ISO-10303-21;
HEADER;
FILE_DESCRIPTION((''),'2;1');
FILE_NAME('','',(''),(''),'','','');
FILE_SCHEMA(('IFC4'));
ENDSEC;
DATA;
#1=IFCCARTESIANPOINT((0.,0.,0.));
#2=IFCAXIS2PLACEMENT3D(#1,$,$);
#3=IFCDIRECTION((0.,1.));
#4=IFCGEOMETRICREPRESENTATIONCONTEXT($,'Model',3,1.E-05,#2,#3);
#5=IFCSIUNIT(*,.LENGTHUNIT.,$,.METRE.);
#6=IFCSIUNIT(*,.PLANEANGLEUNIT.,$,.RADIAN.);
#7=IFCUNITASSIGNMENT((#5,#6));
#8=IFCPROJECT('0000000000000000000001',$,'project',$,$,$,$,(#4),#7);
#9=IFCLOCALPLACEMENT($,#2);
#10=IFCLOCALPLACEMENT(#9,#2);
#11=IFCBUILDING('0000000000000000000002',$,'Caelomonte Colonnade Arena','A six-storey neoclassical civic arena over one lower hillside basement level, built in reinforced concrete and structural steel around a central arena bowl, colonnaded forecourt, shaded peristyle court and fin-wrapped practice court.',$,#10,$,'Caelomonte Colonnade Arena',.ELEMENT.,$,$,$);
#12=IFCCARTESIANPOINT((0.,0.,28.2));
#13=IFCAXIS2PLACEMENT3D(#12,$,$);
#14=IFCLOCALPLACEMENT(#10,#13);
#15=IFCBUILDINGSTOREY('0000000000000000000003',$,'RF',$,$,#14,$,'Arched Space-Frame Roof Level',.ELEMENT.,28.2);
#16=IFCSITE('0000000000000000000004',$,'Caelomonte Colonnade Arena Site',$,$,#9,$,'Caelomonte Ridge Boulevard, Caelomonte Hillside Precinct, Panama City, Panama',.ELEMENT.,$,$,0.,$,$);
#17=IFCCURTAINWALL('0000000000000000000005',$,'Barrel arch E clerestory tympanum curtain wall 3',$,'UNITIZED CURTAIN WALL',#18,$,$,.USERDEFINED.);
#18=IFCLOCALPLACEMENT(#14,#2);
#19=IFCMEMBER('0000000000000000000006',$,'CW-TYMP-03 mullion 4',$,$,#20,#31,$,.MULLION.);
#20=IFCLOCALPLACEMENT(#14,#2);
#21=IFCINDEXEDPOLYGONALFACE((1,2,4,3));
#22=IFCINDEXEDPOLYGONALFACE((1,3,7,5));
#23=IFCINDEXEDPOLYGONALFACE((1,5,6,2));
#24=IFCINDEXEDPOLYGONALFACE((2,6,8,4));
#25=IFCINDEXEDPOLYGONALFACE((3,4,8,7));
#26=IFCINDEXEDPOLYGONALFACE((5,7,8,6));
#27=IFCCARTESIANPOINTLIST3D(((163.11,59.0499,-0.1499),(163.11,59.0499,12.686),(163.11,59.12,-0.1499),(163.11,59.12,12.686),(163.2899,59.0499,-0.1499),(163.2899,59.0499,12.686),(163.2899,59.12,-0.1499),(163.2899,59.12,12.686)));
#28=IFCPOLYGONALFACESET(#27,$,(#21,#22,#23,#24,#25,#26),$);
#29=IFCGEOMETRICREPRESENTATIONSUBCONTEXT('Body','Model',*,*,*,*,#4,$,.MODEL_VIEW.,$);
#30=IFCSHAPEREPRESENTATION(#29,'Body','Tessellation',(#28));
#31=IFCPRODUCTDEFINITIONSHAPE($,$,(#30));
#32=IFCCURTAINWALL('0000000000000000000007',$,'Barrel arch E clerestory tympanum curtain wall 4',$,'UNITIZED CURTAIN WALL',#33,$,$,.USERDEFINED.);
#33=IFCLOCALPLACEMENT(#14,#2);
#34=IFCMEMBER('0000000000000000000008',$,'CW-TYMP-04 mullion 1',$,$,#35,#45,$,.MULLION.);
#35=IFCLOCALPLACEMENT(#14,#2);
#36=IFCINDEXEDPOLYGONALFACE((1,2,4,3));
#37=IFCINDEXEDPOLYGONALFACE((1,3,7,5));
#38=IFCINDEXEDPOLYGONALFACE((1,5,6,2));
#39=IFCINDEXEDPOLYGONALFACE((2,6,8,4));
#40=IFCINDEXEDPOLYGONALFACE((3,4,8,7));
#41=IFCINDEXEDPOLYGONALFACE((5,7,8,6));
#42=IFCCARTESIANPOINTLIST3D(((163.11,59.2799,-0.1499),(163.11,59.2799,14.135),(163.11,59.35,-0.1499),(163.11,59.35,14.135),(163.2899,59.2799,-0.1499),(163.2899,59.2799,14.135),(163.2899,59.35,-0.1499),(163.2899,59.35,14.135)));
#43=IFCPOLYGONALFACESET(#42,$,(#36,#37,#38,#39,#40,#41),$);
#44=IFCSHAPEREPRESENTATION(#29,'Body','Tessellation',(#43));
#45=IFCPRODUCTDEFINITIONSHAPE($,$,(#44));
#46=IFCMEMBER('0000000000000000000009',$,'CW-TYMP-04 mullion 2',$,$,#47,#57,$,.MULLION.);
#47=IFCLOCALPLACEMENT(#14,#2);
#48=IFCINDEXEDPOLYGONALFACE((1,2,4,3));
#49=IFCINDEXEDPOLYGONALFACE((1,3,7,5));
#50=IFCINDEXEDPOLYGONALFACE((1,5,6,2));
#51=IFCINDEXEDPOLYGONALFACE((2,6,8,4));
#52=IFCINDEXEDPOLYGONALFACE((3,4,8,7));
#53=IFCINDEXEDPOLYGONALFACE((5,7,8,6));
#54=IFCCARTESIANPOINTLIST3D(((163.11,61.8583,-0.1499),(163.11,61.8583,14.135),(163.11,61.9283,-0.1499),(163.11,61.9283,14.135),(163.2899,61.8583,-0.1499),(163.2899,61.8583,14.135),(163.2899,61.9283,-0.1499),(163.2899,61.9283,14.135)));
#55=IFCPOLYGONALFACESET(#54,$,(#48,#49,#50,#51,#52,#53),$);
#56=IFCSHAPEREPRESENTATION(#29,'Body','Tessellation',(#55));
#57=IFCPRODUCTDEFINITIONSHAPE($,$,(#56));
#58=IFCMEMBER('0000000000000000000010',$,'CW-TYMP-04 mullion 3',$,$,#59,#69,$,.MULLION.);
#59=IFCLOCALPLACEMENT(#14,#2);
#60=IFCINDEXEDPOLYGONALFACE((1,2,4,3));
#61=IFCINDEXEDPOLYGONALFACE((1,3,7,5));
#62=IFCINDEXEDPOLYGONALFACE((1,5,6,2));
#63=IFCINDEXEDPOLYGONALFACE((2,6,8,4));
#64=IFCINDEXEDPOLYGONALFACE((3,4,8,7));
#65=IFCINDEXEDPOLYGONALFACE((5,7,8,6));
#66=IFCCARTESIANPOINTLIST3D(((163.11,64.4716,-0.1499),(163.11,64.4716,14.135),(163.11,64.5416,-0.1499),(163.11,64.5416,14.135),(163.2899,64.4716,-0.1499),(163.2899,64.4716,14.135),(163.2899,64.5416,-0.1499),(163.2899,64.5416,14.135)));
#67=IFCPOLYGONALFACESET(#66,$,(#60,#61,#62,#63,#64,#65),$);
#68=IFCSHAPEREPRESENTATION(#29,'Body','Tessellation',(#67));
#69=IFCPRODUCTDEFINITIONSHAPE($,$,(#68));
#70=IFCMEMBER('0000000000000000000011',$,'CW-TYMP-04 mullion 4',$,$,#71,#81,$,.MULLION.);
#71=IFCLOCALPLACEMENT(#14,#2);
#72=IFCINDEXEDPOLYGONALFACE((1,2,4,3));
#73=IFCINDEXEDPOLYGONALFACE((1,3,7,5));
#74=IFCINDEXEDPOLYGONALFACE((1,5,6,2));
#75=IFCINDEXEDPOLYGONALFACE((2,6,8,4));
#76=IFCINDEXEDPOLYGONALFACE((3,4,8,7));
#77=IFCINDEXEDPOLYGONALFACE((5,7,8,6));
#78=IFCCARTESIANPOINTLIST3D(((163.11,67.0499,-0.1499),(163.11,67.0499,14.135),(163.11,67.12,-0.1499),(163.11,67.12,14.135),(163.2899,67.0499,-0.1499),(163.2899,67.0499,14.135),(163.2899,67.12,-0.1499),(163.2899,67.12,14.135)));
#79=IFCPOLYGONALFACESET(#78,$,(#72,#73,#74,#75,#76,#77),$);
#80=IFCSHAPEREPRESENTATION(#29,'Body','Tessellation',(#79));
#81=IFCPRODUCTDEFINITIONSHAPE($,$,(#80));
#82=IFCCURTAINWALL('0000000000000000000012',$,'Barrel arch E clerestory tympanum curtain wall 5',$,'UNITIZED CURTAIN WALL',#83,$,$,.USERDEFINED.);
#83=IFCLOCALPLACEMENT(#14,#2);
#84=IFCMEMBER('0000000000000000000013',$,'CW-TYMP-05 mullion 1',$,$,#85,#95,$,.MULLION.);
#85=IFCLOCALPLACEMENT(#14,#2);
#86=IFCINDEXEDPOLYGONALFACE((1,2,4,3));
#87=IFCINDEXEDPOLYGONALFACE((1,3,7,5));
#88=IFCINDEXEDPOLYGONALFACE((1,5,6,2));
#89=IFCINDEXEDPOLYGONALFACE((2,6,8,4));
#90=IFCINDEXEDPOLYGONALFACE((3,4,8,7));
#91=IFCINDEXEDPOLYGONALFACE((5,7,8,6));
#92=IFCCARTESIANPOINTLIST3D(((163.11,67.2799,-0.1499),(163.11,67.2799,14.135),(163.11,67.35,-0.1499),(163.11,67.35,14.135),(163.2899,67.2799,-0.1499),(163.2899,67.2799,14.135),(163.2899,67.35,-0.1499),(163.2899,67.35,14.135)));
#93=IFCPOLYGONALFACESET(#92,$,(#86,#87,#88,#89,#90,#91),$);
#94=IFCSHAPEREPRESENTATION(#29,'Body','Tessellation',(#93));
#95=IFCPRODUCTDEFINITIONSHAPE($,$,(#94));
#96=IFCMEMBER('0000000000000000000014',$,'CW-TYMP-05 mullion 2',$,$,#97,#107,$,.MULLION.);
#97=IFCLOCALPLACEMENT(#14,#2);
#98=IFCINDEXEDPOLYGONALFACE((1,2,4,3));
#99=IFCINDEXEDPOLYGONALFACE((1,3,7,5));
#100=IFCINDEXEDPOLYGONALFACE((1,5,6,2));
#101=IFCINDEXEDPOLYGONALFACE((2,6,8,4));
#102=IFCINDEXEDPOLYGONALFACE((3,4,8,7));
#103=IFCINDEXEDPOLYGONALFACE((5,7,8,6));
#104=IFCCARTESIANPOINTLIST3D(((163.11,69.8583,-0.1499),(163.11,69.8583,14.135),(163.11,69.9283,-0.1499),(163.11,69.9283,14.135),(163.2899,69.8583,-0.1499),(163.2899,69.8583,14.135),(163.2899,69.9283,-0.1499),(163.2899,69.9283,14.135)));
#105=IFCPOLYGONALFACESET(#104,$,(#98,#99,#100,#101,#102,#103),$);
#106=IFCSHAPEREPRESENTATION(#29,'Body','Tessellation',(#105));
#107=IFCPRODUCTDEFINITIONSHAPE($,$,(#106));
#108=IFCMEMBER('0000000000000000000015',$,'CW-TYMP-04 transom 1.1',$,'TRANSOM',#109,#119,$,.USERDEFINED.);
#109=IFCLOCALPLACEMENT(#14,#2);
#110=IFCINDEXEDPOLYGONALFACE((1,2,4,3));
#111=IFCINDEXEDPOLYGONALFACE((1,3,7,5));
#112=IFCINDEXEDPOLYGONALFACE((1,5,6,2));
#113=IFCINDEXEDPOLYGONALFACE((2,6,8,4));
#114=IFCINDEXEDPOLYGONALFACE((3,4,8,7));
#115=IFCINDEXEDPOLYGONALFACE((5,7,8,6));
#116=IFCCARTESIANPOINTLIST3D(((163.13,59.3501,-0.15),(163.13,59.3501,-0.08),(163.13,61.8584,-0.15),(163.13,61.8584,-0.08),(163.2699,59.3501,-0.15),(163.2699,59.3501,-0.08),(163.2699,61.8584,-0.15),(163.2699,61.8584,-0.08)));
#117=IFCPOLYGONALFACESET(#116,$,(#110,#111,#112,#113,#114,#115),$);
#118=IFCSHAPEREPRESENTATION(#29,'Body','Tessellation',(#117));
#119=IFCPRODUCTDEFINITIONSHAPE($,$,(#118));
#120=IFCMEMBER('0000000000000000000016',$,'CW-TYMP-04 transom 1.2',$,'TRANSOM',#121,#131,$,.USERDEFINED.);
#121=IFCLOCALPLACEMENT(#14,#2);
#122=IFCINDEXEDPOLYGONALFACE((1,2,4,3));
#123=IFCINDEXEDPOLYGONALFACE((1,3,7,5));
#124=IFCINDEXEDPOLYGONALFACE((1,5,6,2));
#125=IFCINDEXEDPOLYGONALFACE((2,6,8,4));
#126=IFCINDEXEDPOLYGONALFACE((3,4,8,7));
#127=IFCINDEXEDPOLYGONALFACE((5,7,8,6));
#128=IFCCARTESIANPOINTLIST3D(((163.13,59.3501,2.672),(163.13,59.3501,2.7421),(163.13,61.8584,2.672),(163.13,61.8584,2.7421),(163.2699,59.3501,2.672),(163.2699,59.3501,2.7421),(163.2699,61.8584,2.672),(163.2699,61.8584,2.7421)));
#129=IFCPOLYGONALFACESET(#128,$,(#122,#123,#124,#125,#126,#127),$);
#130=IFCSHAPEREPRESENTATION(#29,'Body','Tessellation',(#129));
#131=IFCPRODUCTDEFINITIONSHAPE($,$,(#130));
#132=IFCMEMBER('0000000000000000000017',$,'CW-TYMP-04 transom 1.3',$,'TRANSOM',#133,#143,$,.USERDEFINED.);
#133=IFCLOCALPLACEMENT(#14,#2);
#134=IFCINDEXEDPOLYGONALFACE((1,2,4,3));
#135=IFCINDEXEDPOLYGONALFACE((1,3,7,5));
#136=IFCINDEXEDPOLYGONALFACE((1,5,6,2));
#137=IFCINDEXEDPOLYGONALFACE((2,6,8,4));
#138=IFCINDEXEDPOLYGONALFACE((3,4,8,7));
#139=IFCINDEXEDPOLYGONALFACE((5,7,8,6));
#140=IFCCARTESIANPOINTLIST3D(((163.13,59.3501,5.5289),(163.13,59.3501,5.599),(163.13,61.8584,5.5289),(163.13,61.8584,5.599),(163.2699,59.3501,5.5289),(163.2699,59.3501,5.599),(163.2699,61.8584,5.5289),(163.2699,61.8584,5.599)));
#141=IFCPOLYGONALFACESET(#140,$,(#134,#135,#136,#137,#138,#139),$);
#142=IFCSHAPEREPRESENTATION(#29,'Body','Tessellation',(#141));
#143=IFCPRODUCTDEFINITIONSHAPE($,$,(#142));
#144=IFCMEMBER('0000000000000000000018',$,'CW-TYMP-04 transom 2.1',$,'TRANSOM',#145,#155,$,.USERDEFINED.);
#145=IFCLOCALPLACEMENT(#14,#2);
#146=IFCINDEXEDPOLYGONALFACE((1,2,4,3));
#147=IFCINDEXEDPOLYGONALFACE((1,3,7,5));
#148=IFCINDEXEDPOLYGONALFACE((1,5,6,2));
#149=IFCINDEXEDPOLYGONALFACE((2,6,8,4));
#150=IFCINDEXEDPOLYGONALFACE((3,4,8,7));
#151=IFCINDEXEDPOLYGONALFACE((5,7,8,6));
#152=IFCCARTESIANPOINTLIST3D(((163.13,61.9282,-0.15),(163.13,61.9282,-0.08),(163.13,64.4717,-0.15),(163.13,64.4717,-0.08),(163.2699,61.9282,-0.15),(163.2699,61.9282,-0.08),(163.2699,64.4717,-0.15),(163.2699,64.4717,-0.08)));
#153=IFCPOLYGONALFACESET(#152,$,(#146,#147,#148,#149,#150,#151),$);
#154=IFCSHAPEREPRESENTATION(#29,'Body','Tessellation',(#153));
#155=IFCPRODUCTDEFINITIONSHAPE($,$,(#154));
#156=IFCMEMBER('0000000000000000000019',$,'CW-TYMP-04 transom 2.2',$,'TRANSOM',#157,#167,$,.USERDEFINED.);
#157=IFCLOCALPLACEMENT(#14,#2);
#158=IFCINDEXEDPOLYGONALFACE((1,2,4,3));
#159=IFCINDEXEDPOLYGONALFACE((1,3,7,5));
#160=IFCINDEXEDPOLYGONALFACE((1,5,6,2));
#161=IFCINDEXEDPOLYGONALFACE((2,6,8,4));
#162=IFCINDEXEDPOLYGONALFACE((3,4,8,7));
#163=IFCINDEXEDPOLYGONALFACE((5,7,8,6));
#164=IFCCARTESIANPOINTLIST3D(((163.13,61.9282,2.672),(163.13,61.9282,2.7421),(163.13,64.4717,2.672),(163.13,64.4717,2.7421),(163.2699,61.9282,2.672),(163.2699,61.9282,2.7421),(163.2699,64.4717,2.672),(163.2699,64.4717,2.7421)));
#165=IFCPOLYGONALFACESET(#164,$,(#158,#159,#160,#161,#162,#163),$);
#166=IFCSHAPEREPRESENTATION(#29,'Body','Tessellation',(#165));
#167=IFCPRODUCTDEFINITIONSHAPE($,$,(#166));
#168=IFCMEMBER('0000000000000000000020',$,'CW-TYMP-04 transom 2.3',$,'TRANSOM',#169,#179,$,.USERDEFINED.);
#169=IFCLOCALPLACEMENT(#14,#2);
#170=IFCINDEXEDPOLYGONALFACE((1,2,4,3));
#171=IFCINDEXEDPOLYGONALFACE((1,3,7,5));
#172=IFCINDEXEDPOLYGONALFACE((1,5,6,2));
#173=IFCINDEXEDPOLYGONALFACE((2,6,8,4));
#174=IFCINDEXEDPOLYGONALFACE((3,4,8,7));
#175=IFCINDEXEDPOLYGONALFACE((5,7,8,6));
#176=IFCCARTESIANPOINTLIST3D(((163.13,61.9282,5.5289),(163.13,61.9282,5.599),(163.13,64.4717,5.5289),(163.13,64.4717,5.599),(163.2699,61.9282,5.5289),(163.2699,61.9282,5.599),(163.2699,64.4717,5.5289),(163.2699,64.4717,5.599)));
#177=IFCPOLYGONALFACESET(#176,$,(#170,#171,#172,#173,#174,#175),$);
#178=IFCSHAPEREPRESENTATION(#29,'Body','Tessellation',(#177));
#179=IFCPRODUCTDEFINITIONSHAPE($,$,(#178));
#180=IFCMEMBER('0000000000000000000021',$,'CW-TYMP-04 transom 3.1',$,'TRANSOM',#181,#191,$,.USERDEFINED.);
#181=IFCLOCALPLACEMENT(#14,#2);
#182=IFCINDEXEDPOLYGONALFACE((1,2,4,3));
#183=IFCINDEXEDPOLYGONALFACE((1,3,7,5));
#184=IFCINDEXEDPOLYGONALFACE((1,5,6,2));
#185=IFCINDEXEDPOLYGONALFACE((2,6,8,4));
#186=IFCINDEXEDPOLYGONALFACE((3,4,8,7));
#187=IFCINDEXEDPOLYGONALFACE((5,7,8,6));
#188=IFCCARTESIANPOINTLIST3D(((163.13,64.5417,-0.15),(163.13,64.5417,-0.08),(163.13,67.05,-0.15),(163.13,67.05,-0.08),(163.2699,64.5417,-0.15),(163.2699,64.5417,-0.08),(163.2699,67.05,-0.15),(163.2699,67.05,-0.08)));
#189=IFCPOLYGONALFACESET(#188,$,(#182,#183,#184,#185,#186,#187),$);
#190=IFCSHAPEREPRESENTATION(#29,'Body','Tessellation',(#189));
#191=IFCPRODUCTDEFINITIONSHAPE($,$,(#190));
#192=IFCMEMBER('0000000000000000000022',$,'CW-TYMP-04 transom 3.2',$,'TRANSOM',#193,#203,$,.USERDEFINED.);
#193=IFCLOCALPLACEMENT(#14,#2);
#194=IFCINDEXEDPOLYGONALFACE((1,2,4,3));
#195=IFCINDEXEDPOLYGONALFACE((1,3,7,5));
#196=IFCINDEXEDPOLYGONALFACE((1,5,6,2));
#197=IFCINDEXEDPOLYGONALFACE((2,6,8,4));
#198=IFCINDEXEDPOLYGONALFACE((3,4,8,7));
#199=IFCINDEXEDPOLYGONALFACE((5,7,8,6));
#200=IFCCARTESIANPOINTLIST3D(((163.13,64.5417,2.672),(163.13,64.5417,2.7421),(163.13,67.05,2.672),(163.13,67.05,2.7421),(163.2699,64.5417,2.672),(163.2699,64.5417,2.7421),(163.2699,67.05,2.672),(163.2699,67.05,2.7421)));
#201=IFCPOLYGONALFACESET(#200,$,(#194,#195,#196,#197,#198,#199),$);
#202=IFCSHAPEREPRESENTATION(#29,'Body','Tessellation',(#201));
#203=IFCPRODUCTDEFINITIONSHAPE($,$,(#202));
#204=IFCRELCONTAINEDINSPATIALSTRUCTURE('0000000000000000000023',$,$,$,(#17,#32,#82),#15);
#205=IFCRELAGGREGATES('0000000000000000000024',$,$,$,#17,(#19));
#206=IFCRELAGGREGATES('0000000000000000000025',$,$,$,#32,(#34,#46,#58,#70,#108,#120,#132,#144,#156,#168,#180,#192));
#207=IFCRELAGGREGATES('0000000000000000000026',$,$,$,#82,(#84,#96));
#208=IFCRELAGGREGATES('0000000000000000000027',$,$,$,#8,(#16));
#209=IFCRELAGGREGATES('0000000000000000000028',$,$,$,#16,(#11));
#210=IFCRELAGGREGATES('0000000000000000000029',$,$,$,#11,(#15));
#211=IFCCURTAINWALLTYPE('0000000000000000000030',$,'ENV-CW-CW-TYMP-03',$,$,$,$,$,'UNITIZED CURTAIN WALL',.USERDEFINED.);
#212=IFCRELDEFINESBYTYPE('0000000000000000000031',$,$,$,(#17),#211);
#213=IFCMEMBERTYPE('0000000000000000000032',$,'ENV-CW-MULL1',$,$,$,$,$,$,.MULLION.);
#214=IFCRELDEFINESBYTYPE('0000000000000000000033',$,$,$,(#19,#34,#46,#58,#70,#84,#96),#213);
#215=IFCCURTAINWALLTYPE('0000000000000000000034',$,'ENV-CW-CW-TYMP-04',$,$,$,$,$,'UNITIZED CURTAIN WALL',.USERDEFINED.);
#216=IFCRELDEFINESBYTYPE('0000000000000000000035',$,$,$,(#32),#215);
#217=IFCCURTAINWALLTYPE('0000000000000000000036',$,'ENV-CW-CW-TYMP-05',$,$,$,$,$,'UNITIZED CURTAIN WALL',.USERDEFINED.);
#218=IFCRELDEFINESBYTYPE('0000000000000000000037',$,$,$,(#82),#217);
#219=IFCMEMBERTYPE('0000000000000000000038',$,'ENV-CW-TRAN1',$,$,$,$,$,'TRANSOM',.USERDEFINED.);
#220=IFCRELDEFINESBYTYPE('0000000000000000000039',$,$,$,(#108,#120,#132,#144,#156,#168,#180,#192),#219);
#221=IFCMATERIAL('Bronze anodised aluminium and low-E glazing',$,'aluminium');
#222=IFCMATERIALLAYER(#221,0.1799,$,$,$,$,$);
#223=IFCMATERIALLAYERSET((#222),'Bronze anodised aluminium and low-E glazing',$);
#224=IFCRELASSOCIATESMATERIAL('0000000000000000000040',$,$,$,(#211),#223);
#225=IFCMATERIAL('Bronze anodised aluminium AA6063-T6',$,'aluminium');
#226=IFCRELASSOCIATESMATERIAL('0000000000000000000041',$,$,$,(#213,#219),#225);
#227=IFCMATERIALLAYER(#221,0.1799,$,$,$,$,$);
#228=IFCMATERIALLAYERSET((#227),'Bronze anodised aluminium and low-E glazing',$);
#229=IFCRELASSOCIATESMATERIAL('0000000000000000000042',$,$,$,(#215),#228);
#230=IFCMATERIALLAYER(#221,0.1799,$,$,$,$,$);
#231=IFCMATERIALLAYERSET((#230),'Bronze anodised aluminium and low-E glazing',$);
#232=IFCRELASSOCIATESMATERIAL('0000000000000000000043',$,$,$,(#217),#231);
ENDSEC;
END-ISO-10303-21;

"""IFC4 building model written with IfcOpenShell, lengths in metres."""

from ifc_helpers import new_model, si_unit, direction, frame, origin, origin_2d, place, context, subcontext, project, spatial, rectangle, extrude, material, layer, layer_set, material_profile, profile_set, type_object, element, aggregate, save


model = new_model("IFC4")

# Units and contexts
model_context = context("Model", 3, precision=1e-05, world=origin(), true_north=direction((0.0, 1.0)))
body_context = subcontext(model_context, "Body", "Model", "MODEL_VIEW")
ifc_project = project(units=[si_unit("LENGTHUNIT", "METRE"), si_unit("PLANEANGLEUNIT", "RADIAN")], contexts=[model_context])

# Site, building, storey
site_placement = place(None, origin())
site = spatial("IfcSite", under=ifc_project, at=site_placement, Name="Caelomonte Colonnade Arena Site", LongName="Caelomonte Ridge Boulevard, Caelomonte Hillside Precinct, Panama City, Panama", CompositionType="ELEMENT", RefElevation=0.0)
building_placement = place(site_placement, origin())
building = spatial("IfcBuilding", under=site, at=building_placement, Name="Caelomonte Colonnade Arena", Description="A six-storey neoclassical civic arena over one lower hillside basement level, built in reinforced concrete and structural steel around a central arena bowl, colonnaded forecourt, shaded peristyle court and fin-wrapped practice court.", LongName="Caelomonte Colonnade Arena", CompositionType="ELEMENT")
storey_placement = place(building_placement, frame((0.0, 0.0, 28.2)))
storey = spatial("IfcBuildingStorey", under=building, at=storey_placement, Name="RF", LongName="Arched Space-Frame Roof Level", CompositionType="ELEMENT", Elevation=28.2)

# Curtain wall, member
ifc_material_1 = material(Name="Bronze anodised aluminium and low-E glazing", Category="aluminium")
ifc_layer_1 = layer(ifc_material_1, 0.1799)
ifc_layer_set_1 = layer_set([ifc_layer_1], Name="Bronze anodised aluminium and low-E glazing")
curtain_wall_type_1 = type_object("IfcCurtainWallType", Name="ENV-CW-CW-TYMP-03", ElementType="UNITIZED CURTAIN WALL", PredefinedType="USERDEFINED", material=ifc_layer_set_1)
curtain_wall_1_placement = place(storey_placement, origin())
curtain_wall_1 = element("IfcCurtainWall", 1, at=curtain_wall_1_placement, inside=storey, type_object=curtain_wall_type_1, Name="Barrel arch E clerestory tympanum curtain wall 3", ObjectType="UNITIZED CURTAIN WALL", PredefinedType="USERDEFINED")
ifc_material_2 = material(Name="Bronze anodised aluminium AA6063-T6", Category="aluminium")
ifc_material_profile_1 = material_profile(ifc_material_2, rectangle(XDim=0.0701, YDim=0.1799, at=origin_2d()), Name="CWM-70X180")
ifc_profile_set_1 = profile_set([ifc_material_profile_1], Name="Bronze anodised aluminium AA6063-T6")
member_type_1 = type_object("IfcMemberType", Name="ENV-CW-MULL1", PredefinedType="MULLION", material=ifc_profile_set_1)
member_1_placement = place(storey_placement, frame((163.2, 59.085, -0.1499), z_axis=(0.0, 0.0, 1.0), x_axis=(0.0, 1.0, 0.0)))
member_1 = element("IfcMember", 2, at=member_1_placement, type_object=member_type_1, Name="CW-TYMP-03 mullion 4", PredefinedType="MULLION", context=body_context, shape_type="SweptSolid", body=[
    extrude(rectangle(XDim=0.0701, YDim=0.1799, at=origin_2d()), origin(), (0.0, 0.0, 1.0), 12.8359),
])
aggregate(curtain_wall_1, [member_1])

# Curtain walls, members
ifc_layer_2 = layer(ifc_material_1, 0.1799)
ifc_layer_set_2 = layer_set([ifc_layer_2], Name="Bronze anodised aluminium and low-E glazing")
curtain_wall_type_2 = type_object("IfcCurtainWallType", Name="ENV-CW-CW-TYMP-04", ElementType="UNITIZED CURTAIN WALL", PredefinedType="USERDEFINED", material=ifc_layer_set_2)
curtain_wall_2_placement = place(storey_placement, origin())
curtain_wall_2 = element("IfcCurtainWall", 3, at=curtain_wall_2_placement, inside=storey, type_object=curtain_wall_type_2, Name="Barrel arch E clerestory tympanum curtain wall 4", ObjectType="UNITIZED CURTAIN WALL", PredefinedType="USERDEFINED")
member_2_placement = place(storey_placement, frame((163.2, 59.3149, -0.1499), z_axis=(0.0, 0.0, 1.0), x_axis=(0.0, 1.0, 0.0)))
member_2 = element("IfcMember", 4, at=member_2_placement, type_object=member_type_1, Name="CW-TYMP-04 mullion 1", PredefinedType="MULLION", context=body_context, shape_type="SweptSolid", body=[
    extrude(rectangle(XDim=0.0701, YDim=0.1799, at=origin_2d()), origin(), (0.0, 0.0, 1.0), 14.2849),
])
member_3_placement = place(storey_placement, frame((163.2, 61.8933, -0.1499), z_axis=(0.0, 0.0, 1.0), x_axis=(0.0, 1.0, 0.0)))
member_3 = element("IfcMember", 5, at=member_3_placement, type_object=member_type_1, Name="CW-TYMP-04 mullion 2", PredefinedType="MULLION", context=body_context, shape_type="SweptSolid", body=[
    extrude(rectangle(XDim=0.0701, YDim=0.1799, at=origin_2d()), origin(), (0.0, 0.0, 1.0), 14.2849),
])
member_4_placement = place(storey_placement, frame((163.2, 64.5066, -0.1499), z_axis=(0.0, 0.0, 1.0), x_axis=(0.0, 1.0, 0.0)))
member_4 = element("IfcMember", 6, at=member_4_placement, type_object=member_type_1, Name="CW-TYMP-04 mullion 3", PredefinedType="MULLION", context=body_context, shape_type="SweptSolid", body=[
    extrude(rectangle(XDim=0.0701, YDim=0.1799, at=origin_2d()), origin(), (0.0, 0.0, 1.0), 14.2849),
])
member_5_placement = place(storey_placement, frame((163.2, 67.085, -0.1499), z_axis=(0.0, 0.0, 1.0), x_axis=(0.0, 1.0, 0.0)))
member_5 = element("IfcMember", 7, at=member_5_placement, type_object=member_type_1, Name="CW-TYMP-04 mullion 4", PredefinedType="MULLION", context=body_context, shape_type="SweptSolid", body=[
    extrude(rectangle(XDim=0.0701, YDim=0.1799, at=origin_2d()), origin(), (0.0, 0.0, 1.0), 14.2849),
])
ifc_layer_3 = layer(ifc_material_1, 0.1799)
ifc_layer_set_3 = layer_set([ifc_layer_3], Name="Bronze anodised aluminium and low-E glazing")
curtain_wall_type_3 = type_object("IfcCurtainWallType", Name="ENV-CW-CW-TYMP-05", ElementType="UNITIZED CURTAIN WALL", PredefinedType="USERDEFINED", material=ifc_layer_set_3)
curtain_wall_3_placement = place(storey_placement, origin())
curtain_wall_3 = element("IfcCurtainWall", 8, at=curtain_wall_3_placement, inside=storey, type_object=curtain_wall_type_3, Name="Barrel arch E clerestory tympanum curtain wall 5", ObjectType="UNITIZED CURTAIN WALL", PredefinedType="USERDEFINED")
member_6_placement = place(storey_placement, frame((163.2, 67.3149, -0.1499), z_axis=(0.0, 0.0, 1.0), x_axis=(0.0, 1.0, 0.0)))
member_6 = element("IfcMember", 9, at=member_6_placement, type_object=member_type_1, Name="CW-TYMP-05 mullion 1", PredefinedType="MULLION", context=body_context, shape_type="SweptSolid", body=[
    extrude(rectangle(XDim=0.0701, YDim=0.1799, at=origin_2d()), origin(), (0.0, 0.0, 1.0), 14.2849),
])
member_7_placement = place(storey_placement, frame((163.2, 69.8933, -0.1499), z_axis=(0.0, 0.0, 1.0), x_axis=(0.0, 1.0, 0.0)))
member_7 = element("IfcMember", 10, at=member_7_placement, type_object=member_type_1, Name="CW-TYMP-05 mullion 2", PredefinedType="MULLION", context=body_context, shape_type="SweptSolid", body=[
    extrude(rectangle(XDim=0.0701, YDim=0.1799, at=origin_2d()), origin(), (0.0, 0.0, 1.0), 14.2849),
])

# Members
ifc_material_profile_2 = material_profile(ifc_material_2, rectangle(XDim=0.0701, YDim=0.1399, at=origin_2d()), Name="CWT-70X140")
ifc_profile_set_2 = profile_set([ifc_material_profile_2], Name="Bronze anodised aluminium AA6063-T6")
member_type_2 = type_object("IfcMemberType", Name="ENV-CW-TRAN1", ElementType="TRANSOM", PredefinedType="USERDEFINED", material=ifc_profile_set_2)
member_8_placement = place(storey_placement, frame((163.2, 59.3501, -0.115), z_axis=(0.0, 1.0, 0.0), x_axis=(0.0, 0.0, 1.0)))
member_8 = element("IfcMember", 11, at=member_8_placement, type_object=member_type_2, Name="CW-TYMP-04 transom 1.1", ObjectType="TRANSOM", PredefinedType="USERDEFINED", context=body_context, shape_type="SweptSolid", body=[
    extrude(rectangle(XDim=0.0701, YDim=0.1399, at=origin_2d()), origin(), (0.0, 0.0, 1.0), 2.5083),
])
member_9_placement = place(storey_placement, frame((163.2, 59.3501, 2.707), z_axis=(0.0, 1.0, 0.0), x_axis=(0.0, 0.0, 1.0)))
member_9 = element("IfcMember", 12, at=member_9_placement, type_object=member_type_2, Name="CW-TYMP-04 transom 1.2", ObjectType="TRANSOM", PredefinedType="USERDEFINED", context=body_context, shape_type="SweptSolid", body=[
    extrude(rectangle(XDim=0.0701, YDim=0.1399, at=origin_2d()), origin(), (0.0, 0.0, 1.0), 2.5083),
])
member_10_placement = place(storey_placement, frame((163.2, 59.3501, 5.564), z_axis=(0.0, 1.0, 0.0), x_axis=(0.0, 0.0, 1.0)))
member_10 = element("IfcMember", 13, at=member_10_placement, type_object=member_type_2, Name="CW-TYMP-04 transom 1.3", ObjectType="TRANSOM", PredefinedType="USERDEFINED", context=body_context, shape_type="SweptSolid", body=[
    extrude(rectangle(XDim=0.0701, YDim=0.1399, at=origin_2d()), origin(), (0.0, 0.0, 1.0), 2.5083),
])
member_11_placement = place(storey_placement, frame((163.2, 61.9282, -0.115), z_axis=(0.0, 1.0, 0.0), x_axis=(0.0, 0.0, 1.0)))
member_11 = element("IfcMember", 14, at=member_11_placement, type_object=member_type_2, Name="CW-TYMP-04 transom 2.1", ObjectType="TRANSOM", PredefinedType="USERDEFINED", context=body_context, shape_type="SweptSolid", body=[
    extrude(rectangle(XDim=0.0701, YDim=0.1399, at=origin_2d()), origin(), (0.0, 0.0, 1.0), 2.5435),
])
member_12_placement = place(storey_placement, frame((163.2, 61.9282, 2.707), z_axis=(0.0, 1.0, 0.0), x_axis=(0.0, 0.0, 1.0)))
member_12 = element("IfcMember", 15, at=member_12_placement, type_object=member_type_2, Name="CW-TYMP-04 transom 2.2", ObjectType="TRANSOM", PredefinedType="USERDEFINED", context=body_context, shape_type="SweptSolid", body=[
    extrude(rectangle(XDim=0.0701, YDim=0.1399, at=origin_2d()), origin(), (0.0, 0.0, 1.0), 2.5435),
])
member_13_placement = place(storey_placement, frame((163.2, 61.9282, 5.564), z_axis=(0.0, 1.0, 0.0), x_axis=(0.0, 0.0, 1.0)))
member_13 = element("IfcMember", 16, at=member_13_placement, type_object=member_type_2, Name="CW-TYMP-04 transom 2.3", ObjectType="TRANSOM", PredefinedType="USERDEFINED", context=body_context, shape_type="SweptSolid", body=[
    extrude(rectangle(XDim=0.0701, YDim=0.1399, at=origin_2d()), origin(), (0.0, 0.0, 1.0), 2.5435),
])
member_14_placement = place(storey_placement, frame((163.2, 64.5417, -0.115), z_axis=(0.0, 1.0, 0.0), x_axis=(0.0, 0.0, 1.0)))
member_14 = element("IfcMember", 17, at=member_14_placement, type_object=member_type_2, Name="CW-TYMP-04 transom 3.1", ObjectType="TRANSOM", PredefinedType="USERDEFINED", context=body_context, shape_type="SweptSolid", body=[
    extrude(rectangle(XDim=0.0701, YDim=0.1399, at=origin_2d()), origin(), (0.0, 0.0, 1.0), 2.5083),
])
member_15_placement = place(storey_placement, frame((163.2, 64.5417, 2.707), z_axis=(0.0, 1.0, 0.0), x_axis=(0.0, 0.0, 1.0)))
member_15 = element("IfcMember", 18, at=member_15_placement, type_object=member_type_2, Name="CW-TYMP-04 transom 3.2", ObjectType="TRANSOM", PredefinedType="USERDEFINED", context=body_context, shape_type="SweptSolid", body=[
    extrude(rectangle(XDim=0.0701, YDim=0.1399, at=origin_2d()), origin(), (0.0, 0.0, 1.0), 2.5083),
])

aggregate(curtain_wall_2, [member_2, member_3, member_4, member_5, member_8, member_9, member_10, member_11, member_12, member_13, member_14, member_15])
aggregate(curtain_wall_3, [member_6, member_7])

save(model, "model.ifc")
